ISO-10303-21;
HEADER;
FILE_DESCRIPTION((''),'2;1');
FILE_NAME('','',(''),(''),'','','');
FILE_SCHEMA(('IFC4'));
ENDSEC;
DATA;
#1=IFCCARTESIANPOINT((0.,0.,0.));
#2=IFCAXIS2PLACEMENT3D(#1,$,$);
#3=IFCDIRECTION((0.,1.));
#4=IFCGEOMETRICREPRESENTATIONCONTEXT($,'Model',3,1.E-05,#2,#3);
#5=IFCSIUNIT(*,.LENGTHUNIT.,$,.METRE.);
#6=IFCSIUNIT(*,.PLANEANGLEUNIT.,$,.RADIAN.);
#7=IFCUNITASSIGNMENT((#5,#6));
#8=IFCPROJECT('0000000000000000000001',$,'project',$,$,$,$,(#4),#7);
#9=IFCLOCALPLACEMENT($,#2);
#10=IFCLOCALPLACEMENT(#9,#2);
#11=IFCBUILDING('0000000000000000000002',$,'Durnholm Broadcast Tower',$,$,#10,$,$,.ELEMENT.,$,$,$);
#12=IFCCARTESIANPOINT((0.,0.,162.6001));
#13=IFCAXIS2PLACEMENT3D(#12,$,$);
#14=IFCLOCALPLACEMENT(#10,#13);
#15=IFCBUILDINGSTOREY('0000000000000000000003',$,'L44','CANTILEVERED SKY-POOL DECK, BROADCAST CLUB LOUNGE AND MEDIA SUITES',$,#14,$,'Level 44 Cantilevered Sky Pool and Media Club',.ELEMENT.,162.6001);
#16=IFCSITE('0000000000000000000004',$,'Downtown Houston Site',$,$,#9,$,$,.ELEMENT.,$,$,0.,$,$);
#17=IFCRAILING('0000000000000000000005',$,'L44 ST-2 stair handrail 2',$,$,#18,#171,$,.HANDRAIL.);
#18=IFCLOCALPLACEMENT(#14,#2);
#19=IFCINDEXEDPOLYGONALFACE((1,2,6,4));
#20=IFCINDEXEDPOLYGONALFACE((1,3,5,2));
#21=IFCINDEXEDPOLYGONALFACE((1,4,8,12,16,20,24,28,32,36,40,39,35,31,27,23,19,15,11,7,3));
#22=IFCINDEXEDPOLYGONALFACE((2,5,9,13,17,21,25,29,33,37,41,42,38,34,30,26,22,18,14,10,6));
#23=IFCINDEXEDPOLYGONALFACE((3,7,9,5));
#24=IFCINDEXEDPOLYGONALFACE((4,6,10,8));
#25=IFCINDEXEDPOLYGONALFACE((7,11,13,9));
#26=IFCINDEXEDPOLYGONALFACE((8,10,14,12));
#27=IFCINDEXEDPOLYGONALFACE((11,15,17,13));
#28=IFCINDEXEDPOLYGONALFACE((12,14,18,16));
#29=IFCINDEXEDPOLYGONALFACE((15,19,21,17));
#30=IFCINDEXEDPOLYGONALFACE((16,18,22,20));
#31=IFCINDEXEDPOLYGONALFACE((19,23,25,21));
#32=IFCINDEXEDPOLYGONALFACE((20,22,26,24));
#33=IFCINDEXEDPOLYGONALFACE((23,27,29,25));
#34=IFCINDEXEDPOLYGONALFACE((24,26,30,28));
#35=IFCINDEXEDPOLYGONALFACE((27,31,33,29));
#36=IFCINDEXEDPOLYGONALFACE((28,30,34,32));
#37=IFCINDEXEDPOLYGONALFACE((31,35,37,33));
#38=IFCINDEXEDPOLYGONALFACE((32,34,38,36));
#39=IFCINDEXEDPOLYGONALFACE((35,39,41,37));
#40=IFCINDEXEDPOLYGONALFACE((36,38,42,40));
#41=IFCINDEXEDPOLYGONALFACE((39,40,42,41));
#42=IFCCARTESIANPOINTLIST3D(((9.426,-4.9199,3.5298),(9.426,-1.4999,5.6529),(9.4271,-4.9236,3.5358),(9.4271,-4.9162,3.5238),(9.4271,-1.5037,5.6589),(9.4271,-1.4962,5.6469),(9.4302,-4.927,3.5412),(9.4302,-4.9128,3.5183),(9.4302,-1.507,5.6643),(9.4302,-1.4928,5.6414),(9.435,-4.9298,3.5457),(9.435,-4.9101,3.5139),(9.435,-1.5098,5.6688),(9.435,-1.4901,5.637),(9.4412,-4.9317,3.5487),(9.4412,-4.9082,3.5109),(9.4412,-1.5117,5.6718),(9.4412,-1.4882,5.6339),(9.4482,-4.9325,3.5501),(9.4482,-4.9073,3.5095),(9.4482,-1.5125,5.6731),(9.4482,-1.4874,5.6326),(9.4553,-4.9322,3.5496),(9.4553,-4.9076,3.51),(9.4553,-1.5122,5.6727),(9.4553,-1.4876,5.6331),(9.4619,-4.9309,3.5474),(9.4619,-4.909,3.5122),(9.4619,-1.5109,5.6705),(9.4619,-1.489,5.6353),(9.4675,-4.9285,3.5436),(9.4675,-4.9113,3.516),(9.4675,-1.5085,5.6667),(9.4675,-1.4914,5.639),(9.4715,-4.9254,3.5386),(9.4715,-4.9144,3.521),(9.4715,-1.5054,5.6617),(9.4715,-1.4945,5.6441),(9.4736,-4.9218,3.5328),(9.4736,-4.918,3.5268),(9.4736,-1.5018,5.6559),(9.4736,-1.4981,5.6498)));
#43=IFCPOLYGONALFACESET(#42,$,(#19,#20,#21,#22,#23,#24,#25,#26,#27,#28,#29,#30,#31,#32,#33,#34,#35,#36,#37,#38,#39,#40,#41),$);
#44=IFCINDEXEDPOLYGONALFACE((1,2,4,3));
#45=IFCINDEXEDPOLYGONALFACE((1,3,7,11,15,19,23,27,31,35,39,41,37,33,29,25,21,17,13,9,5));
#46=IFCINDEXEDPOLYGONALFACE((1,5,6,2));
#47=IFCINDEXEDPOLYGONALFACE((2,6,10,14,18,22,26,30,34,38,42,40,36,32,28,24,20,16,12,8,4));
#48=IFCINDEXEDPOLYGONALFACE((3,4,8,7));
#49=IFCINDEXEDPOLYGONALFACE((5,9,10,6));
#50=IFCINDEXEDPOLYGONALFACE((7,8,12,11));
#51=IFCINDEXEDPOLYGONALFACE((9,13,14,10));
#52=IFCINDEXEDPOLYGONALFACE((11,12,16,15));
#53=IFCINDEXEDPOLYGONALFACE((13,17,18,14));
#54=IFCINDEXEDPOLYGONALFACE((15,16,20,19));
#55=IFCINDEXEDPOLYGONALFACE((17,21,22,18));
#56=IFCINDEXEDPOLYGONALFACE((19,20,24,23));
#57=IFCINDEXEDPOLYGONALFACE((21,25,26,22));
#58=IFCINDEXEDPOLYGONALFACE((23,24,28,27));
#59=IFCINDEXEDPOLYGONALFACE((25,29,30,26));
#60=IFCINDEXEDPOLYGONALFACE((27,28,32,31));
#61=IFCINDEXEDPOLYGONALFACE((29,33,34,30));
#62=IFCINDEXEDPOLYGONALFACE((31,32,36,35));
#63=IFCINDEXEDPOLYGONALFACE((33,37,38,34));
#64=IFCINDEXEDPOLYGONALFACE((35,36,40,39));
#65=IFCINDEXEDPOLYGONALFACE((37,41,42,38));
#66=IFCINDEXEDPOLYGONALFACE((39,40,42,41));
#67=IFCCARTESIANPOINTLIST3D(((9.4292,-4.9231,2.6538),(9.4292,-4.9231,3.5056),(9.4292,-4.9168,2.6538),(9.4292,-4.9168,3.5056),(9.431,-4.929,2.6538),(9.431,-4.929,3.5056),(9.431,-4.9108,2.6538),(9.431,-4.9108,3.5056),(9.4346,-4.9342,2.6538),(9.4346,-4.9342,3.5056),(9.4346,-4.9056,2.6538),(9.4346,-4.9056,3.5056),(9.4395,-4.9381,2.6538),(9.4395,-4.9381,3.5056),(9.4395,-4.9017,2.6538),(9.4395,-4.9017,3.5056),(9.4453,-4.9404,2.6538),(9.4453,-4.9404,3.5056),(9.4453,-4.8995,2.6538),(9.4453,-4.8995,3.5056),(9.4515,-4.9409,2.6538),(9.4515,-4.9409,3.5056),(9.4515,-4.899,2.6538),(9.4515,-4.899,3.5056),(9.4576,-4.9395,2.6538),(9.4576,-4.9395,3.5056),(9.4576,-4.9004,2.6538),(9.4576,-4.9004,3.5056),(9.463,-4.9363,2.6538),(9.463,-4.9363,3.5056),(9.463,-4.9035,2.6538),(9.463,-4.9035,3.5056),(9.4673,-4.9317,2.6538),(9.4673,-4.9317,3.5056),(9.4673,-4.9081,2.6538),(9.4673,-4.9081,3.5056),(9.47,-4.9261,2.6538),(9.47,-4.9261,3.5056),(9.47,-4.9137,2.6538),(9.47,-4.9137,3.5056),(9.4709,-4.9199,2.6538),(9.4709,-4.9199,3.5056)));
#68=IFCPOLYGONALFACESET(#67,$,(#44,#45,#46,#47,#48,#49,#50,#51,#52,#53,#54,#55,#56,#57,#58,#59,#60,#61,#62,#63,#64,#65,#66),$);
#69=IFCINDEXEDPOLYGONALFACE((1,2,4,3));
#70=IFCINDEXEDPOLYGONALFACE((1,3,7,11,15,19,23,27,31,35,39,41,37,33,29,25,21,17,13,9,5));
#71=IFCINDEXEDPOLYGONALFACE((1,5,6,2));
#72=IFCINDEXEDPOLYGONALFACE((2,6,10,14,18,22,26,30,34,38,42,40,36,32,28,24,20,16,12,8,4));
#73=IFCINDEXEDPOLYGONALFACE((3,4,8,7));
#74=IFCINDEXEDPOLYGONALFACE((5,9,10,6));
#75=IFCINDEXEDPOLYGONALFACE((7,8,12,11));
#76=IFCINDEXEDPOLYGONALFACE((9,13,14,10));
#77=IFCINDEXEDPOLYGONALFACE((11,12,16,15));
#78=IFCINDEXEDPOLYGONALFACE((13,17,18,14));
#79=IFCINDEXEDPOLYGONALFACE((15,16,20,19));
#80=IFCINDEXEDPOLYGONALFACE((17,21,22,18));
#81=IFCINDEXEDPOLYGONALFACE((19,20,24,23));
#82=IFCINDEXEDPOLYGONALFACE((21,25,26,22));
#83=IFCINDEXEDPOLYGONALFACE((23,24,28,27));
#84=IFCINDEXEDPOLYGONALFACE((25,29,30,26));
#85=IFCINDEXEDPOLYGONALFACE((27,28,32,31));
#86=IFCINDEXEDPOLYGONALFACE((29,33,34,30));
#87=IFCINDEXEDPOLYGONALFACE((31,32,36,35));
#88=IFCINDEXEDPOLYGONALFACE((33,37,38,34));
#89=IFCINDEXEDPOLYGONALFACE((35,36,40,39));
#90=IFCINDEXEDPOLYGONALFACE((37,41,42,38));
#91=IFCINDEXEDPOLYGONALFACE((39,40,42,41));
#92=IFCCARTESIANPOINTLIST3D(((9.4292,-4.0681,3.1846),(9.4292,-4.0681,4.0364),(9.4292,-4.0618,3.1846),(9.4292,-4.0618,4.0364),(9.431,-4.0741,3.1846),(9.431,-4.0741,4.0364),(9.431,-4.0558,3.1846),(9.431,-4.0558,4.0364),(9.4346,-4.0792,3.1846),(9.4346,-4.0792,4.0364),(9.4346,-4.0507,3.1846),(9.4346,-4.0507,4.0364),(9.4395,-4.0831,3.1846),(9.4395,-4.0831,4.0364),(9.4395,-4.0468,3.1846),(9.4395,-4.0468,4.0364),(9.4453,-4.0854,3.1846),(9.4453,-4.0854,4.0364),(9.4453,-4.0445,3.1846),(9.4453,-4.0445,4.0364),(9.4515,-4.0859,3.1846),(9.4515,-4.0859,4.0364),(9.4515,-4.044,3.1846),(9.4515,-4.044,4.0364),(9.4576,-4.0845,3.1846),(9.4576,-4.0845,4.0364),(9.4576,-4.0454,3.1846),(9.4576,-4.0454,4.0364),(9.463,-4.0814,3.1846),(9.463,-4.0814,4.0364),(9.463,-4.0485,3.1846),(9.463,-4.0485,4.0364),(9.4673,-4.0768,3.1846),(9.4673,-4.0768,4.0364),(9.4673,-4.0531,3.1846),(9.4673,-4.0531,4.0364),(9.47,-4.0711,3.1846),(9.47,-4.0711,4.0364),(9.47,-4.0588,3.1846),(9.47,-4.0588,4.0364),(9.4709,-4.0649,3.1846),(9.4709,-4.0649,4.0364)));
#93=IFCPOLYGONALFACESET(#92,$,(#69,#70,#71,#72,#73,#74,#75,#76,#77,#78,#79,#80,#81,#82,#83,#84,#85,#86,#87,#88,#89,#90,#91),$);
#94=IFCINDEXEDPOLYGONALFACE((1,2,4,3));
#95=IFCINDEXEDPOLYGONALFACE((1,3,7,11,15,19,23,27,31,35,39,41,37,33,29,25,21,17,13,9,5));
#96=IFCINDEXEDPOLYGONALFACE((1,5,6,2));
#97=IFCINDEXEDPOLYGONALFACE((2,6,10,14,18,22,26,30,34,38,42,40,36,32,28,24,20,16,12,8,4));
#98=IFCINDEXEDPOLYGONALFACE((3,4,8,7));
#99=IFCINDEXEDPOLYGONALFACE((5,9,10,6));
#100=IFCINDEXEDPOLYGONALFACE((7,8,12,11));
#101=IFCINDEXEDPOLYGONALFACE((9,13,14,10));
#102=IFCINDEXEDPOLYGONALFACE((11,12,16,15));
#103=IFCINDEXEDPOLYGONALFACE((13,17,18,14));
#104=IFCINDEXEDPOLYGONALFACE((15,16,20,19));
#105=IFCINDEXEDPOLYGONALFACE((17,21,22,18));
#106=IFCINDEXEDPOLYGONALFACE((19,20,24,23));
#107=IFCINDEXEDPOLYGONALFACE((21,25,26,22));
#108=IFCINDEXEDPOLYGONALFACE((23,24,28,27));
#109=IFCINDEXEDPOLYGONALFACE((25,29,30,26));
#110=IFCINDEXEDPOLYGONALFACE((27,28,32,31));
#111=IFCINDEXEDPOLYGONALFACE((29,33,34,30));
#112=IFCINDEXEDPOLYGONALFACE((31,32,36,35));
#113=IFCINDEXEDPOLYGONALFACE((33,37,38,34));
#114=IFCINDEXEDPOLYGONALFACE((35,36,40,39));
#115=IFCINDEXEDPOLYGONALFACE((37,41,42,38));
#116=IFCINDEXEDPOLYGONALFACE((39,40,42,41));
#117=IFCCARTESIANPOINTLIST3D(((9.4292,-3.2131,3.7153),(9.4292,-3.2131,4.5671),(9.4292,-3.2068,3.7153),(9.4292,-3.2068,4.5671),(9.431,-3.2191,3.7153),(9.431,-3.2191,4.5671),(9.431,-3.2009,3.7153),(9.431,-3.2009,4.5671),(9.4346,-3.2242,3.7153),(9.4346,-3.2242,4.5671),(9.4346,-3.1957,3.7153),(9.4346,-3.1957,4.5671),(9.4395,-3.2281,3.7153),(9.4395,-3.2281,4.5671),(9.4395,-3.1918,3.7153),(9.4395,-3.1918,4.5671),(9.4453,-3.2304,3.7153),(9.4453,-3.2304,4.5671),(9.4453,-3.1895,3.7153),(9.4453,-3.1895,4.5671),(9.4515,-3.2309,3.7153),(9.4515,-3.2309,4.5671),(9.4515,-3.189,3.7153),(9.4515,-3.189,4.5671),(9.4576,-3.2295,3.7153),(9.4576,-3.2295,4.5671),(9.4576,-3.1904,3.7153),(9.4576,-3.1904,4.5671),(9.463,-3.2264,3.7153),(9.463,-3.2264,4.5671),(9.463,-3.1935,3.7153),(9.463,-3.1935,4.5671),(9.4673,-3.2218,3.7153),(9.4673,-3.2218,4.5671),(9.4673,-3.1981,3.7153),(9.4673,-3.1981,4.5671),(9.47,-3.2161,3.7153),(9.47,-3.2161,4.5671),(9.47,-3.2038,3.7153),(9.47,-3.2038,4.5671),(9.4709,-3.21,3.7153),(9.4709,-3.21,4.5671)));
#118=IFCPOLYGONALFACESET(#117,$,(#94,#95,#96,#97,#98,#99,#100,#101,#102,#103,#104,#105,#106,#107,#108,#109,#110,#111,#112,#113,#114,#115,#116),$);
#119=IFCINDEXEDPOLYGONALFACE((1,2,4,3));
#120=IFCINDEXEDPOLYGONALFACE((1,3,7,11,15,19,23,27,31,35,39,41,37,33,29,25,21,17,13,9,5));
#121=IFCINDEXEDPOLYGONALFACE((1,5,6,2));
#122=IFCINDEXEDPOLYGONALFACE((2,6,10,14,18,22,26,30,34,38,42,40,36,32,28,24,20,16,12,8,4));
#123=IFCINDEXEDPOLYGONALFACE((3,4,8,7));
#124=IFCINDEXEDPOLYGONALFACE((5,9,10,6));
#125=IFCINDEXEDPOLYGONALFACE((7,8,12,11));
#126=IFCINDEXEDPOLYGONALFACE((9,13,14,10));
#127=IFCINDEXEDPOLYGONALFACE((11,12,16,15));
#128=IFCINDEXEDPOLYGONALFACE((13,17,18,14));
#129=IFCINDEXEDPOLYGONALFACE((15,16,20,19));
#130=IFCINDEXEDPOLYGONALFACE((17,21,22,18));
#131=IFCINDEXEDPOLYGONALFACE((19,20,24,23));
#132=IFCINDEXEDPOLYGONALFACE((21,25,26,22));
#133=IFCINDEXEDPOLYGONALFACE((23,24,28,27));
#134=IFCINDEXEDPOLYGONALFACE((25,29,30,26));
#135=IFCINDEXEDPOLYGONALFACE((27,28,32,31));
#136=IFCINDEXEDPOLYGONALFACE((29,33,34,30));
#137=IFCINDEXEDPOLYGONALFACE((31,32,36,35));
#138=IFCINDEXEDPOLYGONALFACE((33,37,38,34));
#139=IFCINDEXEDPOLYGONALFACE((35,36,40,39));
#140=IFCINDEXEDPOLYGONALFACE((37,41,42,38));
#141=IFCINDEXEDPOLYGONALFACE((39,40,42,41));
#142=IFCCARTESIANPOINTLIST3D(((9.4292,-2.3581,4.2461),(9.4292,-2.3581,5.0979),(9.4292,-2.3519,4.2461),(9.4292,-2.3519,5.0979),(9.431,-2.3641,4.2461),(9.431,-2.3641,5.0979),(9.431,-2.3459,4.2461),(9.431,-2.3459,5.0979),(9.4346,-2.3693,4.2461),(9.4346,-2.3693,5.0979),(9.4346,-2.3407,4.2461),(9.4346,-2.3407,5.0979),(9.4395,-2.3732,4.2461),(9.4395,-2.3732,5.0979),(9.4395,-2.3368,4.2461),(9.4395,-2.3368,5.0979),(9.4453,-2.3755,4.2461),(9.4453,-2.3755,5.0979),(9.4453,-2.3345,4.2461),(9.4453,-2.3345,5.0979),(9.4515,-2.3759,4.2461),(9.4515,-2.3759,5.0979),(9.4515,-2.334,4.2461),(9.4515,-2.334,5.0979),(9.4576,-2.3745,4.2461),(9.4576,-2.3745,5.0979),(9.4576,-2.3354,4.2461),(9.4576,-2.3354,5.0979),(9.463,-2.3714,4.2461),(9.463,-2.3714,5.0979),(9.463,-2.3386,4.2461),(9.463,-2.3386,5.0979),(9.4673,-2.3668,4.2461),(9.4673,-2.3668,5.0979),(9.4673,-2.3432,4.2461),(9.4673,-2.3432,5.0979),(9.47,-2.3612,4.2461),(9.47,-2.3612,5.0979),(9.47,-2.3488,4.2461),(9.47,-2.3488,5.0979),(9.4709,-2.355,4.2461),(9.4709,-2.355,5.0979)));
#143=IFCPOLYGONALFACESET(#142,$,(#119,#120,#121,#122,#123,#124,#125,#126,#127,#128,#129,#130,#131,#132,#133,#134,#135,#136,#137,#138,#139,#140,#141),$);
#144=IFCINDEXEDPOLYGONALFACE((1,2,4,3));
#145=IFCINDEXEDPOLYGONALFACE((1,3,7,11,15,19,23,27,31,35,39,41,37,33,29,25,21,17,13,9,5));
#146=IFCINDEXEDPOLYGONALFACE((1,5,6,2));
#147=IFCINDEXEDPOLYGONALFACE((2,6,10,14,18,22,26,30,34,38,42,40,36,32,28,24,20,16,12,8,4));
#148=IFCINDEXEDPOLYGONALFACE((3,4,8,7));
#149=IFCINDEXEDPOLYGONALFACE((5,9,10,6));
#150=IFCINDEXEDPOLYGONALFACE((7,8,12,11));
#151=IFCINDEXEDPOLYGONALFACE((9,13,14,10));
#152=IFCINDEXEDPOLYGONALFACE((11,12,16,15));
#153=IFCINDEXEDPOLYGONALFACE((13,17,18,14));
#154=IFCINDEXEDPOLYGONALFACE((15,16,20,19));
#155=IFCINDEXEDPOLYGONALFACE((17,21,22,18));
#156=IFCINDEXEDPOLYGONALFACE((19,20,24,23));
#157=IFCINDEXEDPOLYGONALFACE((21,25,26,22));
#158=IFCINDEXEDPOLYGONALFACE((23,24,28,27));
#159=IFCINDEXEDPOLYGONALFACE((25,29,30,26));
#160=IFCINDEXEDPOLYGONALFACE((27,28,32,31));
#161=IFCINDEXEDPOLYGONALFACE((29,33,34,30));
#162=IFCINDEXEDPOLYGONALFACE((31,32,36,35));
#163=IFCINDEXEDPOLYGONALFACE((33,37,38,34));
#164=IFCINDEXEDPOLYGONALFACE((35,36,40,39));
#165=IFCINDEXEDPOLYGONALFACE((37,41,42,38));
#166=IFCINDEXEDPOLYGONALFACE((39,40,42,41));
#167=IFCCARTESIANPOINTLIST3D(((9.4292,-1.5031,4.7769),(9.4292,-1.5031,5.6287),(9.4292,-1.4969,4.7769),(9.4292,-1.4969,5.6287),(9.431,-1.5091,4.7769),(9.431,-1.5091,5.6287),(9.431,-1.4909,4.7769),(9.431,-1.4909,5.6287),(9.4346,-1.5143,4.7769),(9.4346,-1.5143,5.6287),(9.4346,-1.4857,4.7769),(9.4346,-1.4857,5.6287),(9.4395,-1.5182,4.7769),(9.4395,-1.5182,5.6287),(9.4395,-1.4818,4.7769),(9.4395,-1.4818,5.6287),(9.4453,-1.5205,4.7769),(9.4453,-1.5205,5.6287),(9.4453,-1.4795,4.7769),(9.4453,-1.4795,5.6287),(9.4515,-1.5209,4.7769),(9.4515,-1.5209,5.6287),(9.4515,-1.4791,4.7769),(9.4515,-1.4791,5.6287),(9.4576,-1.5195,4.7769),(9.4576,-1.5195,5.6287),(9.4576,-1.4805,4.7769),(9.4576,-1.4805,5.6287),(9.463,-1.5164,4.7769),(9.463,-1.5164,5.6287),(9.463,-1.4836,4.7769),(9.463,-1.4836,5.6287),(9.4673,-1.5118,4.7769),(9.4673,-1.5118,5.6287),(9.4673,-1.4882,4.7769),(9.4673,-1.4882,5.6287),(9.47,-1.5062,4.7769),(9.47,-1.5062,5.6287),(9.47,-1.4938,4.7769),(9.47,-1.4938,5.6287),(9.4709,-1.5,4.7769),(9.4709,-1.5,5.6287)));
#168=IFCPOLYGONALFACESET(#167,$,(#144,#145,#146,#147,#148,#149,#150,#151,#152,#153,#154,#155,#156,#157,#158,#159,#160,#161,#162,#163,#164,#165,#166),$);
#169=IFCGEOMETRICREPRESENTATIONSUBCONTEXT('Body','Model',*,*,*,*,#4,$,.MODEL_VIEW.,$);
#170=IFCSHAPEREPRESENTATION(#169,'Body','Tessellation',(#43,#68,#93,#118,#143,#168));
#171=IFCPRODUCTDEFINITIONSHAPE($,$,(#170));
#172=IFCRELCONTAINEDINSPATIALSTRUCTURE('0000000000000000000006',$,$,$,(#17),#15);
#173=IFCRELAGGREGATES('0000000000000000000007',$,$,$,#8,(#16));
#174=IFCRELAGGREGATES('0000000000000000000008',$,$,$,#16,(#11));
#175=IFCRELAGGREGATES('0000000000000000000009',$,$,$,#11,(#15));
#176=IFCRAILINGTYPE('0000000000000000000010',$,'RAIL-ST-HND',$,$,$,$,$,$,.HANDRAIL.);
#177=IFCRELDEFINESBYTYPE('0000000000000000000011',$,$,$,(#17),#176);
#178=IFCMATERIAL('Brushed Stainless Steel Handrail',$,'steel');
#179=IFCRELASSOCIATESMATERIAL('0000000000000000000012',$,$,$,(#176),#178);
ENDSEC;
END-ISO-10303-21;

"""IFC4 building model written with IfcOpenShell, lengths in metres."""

from ifc_helpers import new_model, si_unit, direction, frame, origin, origin_2d, place, context, subcontext, project, spatial, circle, extrude, material, type_object, element, save


model = new_model("IFC4")

# Units and contexts
model_context = context("Model", 3, precision=1e-05, world=origin(), true_north=direction((0.0, 1.0)))
body_context = subcontext(model_context, "Body", "Model", "MODEL_VIEW")
ifc_project = project(units=[si_unit("LENGTHUNIT", "METRE"), si_unit("PLANEANGLEUNIT", "RADIAN")], contexts=[model_context])

# Site, building, storey
site_placement = place(None, origin())
site = spatial("IfcSite", under=ifc_project, at=site_placement, Name="Downtown Houston Site", CompositionType="ELEMENT", RefElevation=0.0)
building_placement = place(site_placement, origin())
building = spatial("IfcBuilding", under=site, at=building_placement, Name="Durnholm Broadcast Tower", CompositionType="ELEMENT")
storey_placement = place(building_placement, frame((0.0, 0.0, 162.6001)))
storey = spatial("IfcBuildingStorey", under=building, at=storey_placement, Name="L44", Description="CANTILEVERED SKY-POOL DECK, BROADCAST CLUB LOUNGE AND MEDIA SUITES", LongName="Level 44 Cantilevered Sky Pool and Media Club", CompositionType="ELEMENT", Elevation=162.6001)

# Railing
ifc_material_1 = material(Name="Brushed Stainless Steel Handrail", Category="steel")
railing_type_1 = type_object("IfcRailingType", Name="RAIL-ST-HND", PredefinedType="HANDRAIL", material=ifc_material_1)
railing_1_placement = place(storey_placement, frame((9.45, -4.9199, 2.6538)))
element("IfcRailing", 1, at=railing_1_placement, inside=storey, type_object=railing_type_1, Name="L44 ST-2 stair handrail 2", PredefinedType="HANDRAIL", context=body_context, shape_type="SweptSolid", body=[
    extrude(circle(Radius=0.0239, at=origin_2d()), frame((0.0, 0.0, 0.876), z_axis=(0.0, 0.849603, 0.527423), x_axis=(-1.0, 0.0, 0.0)), (0.0, 0.0, 1.0), 4.0254),
    extrude(circle(Radius=0.021, at=origin_2d()), origin(), (0.0, 0.0, 1.0), 0.8518),
    extrude(circle(Radius=0.021, at=origin_2d()), frame((0.0, 0.855, 0.5308)), (0.0, 0.0, 1.0), 0.8518),
    extrude(circle(Radius=0.021, at=origin_2d()), frame((0.0, 1.71, 1.0615)), (0.0, 0.0, 1.0), 0.8518),
    extrude(circle(Radius=0.021, at=origin_2d()), frame((0.0, 2.5649, 1.5923)), (0.0, 0.0, 1.0), 0.8518),
    extrude(circle(Radius=0.021, at=origin_2d()), frame((0.0, 3.4199, 2.123)), (0.0, 0.0, 1.0), 0.8518),
])

save(model, "model.ifc")
